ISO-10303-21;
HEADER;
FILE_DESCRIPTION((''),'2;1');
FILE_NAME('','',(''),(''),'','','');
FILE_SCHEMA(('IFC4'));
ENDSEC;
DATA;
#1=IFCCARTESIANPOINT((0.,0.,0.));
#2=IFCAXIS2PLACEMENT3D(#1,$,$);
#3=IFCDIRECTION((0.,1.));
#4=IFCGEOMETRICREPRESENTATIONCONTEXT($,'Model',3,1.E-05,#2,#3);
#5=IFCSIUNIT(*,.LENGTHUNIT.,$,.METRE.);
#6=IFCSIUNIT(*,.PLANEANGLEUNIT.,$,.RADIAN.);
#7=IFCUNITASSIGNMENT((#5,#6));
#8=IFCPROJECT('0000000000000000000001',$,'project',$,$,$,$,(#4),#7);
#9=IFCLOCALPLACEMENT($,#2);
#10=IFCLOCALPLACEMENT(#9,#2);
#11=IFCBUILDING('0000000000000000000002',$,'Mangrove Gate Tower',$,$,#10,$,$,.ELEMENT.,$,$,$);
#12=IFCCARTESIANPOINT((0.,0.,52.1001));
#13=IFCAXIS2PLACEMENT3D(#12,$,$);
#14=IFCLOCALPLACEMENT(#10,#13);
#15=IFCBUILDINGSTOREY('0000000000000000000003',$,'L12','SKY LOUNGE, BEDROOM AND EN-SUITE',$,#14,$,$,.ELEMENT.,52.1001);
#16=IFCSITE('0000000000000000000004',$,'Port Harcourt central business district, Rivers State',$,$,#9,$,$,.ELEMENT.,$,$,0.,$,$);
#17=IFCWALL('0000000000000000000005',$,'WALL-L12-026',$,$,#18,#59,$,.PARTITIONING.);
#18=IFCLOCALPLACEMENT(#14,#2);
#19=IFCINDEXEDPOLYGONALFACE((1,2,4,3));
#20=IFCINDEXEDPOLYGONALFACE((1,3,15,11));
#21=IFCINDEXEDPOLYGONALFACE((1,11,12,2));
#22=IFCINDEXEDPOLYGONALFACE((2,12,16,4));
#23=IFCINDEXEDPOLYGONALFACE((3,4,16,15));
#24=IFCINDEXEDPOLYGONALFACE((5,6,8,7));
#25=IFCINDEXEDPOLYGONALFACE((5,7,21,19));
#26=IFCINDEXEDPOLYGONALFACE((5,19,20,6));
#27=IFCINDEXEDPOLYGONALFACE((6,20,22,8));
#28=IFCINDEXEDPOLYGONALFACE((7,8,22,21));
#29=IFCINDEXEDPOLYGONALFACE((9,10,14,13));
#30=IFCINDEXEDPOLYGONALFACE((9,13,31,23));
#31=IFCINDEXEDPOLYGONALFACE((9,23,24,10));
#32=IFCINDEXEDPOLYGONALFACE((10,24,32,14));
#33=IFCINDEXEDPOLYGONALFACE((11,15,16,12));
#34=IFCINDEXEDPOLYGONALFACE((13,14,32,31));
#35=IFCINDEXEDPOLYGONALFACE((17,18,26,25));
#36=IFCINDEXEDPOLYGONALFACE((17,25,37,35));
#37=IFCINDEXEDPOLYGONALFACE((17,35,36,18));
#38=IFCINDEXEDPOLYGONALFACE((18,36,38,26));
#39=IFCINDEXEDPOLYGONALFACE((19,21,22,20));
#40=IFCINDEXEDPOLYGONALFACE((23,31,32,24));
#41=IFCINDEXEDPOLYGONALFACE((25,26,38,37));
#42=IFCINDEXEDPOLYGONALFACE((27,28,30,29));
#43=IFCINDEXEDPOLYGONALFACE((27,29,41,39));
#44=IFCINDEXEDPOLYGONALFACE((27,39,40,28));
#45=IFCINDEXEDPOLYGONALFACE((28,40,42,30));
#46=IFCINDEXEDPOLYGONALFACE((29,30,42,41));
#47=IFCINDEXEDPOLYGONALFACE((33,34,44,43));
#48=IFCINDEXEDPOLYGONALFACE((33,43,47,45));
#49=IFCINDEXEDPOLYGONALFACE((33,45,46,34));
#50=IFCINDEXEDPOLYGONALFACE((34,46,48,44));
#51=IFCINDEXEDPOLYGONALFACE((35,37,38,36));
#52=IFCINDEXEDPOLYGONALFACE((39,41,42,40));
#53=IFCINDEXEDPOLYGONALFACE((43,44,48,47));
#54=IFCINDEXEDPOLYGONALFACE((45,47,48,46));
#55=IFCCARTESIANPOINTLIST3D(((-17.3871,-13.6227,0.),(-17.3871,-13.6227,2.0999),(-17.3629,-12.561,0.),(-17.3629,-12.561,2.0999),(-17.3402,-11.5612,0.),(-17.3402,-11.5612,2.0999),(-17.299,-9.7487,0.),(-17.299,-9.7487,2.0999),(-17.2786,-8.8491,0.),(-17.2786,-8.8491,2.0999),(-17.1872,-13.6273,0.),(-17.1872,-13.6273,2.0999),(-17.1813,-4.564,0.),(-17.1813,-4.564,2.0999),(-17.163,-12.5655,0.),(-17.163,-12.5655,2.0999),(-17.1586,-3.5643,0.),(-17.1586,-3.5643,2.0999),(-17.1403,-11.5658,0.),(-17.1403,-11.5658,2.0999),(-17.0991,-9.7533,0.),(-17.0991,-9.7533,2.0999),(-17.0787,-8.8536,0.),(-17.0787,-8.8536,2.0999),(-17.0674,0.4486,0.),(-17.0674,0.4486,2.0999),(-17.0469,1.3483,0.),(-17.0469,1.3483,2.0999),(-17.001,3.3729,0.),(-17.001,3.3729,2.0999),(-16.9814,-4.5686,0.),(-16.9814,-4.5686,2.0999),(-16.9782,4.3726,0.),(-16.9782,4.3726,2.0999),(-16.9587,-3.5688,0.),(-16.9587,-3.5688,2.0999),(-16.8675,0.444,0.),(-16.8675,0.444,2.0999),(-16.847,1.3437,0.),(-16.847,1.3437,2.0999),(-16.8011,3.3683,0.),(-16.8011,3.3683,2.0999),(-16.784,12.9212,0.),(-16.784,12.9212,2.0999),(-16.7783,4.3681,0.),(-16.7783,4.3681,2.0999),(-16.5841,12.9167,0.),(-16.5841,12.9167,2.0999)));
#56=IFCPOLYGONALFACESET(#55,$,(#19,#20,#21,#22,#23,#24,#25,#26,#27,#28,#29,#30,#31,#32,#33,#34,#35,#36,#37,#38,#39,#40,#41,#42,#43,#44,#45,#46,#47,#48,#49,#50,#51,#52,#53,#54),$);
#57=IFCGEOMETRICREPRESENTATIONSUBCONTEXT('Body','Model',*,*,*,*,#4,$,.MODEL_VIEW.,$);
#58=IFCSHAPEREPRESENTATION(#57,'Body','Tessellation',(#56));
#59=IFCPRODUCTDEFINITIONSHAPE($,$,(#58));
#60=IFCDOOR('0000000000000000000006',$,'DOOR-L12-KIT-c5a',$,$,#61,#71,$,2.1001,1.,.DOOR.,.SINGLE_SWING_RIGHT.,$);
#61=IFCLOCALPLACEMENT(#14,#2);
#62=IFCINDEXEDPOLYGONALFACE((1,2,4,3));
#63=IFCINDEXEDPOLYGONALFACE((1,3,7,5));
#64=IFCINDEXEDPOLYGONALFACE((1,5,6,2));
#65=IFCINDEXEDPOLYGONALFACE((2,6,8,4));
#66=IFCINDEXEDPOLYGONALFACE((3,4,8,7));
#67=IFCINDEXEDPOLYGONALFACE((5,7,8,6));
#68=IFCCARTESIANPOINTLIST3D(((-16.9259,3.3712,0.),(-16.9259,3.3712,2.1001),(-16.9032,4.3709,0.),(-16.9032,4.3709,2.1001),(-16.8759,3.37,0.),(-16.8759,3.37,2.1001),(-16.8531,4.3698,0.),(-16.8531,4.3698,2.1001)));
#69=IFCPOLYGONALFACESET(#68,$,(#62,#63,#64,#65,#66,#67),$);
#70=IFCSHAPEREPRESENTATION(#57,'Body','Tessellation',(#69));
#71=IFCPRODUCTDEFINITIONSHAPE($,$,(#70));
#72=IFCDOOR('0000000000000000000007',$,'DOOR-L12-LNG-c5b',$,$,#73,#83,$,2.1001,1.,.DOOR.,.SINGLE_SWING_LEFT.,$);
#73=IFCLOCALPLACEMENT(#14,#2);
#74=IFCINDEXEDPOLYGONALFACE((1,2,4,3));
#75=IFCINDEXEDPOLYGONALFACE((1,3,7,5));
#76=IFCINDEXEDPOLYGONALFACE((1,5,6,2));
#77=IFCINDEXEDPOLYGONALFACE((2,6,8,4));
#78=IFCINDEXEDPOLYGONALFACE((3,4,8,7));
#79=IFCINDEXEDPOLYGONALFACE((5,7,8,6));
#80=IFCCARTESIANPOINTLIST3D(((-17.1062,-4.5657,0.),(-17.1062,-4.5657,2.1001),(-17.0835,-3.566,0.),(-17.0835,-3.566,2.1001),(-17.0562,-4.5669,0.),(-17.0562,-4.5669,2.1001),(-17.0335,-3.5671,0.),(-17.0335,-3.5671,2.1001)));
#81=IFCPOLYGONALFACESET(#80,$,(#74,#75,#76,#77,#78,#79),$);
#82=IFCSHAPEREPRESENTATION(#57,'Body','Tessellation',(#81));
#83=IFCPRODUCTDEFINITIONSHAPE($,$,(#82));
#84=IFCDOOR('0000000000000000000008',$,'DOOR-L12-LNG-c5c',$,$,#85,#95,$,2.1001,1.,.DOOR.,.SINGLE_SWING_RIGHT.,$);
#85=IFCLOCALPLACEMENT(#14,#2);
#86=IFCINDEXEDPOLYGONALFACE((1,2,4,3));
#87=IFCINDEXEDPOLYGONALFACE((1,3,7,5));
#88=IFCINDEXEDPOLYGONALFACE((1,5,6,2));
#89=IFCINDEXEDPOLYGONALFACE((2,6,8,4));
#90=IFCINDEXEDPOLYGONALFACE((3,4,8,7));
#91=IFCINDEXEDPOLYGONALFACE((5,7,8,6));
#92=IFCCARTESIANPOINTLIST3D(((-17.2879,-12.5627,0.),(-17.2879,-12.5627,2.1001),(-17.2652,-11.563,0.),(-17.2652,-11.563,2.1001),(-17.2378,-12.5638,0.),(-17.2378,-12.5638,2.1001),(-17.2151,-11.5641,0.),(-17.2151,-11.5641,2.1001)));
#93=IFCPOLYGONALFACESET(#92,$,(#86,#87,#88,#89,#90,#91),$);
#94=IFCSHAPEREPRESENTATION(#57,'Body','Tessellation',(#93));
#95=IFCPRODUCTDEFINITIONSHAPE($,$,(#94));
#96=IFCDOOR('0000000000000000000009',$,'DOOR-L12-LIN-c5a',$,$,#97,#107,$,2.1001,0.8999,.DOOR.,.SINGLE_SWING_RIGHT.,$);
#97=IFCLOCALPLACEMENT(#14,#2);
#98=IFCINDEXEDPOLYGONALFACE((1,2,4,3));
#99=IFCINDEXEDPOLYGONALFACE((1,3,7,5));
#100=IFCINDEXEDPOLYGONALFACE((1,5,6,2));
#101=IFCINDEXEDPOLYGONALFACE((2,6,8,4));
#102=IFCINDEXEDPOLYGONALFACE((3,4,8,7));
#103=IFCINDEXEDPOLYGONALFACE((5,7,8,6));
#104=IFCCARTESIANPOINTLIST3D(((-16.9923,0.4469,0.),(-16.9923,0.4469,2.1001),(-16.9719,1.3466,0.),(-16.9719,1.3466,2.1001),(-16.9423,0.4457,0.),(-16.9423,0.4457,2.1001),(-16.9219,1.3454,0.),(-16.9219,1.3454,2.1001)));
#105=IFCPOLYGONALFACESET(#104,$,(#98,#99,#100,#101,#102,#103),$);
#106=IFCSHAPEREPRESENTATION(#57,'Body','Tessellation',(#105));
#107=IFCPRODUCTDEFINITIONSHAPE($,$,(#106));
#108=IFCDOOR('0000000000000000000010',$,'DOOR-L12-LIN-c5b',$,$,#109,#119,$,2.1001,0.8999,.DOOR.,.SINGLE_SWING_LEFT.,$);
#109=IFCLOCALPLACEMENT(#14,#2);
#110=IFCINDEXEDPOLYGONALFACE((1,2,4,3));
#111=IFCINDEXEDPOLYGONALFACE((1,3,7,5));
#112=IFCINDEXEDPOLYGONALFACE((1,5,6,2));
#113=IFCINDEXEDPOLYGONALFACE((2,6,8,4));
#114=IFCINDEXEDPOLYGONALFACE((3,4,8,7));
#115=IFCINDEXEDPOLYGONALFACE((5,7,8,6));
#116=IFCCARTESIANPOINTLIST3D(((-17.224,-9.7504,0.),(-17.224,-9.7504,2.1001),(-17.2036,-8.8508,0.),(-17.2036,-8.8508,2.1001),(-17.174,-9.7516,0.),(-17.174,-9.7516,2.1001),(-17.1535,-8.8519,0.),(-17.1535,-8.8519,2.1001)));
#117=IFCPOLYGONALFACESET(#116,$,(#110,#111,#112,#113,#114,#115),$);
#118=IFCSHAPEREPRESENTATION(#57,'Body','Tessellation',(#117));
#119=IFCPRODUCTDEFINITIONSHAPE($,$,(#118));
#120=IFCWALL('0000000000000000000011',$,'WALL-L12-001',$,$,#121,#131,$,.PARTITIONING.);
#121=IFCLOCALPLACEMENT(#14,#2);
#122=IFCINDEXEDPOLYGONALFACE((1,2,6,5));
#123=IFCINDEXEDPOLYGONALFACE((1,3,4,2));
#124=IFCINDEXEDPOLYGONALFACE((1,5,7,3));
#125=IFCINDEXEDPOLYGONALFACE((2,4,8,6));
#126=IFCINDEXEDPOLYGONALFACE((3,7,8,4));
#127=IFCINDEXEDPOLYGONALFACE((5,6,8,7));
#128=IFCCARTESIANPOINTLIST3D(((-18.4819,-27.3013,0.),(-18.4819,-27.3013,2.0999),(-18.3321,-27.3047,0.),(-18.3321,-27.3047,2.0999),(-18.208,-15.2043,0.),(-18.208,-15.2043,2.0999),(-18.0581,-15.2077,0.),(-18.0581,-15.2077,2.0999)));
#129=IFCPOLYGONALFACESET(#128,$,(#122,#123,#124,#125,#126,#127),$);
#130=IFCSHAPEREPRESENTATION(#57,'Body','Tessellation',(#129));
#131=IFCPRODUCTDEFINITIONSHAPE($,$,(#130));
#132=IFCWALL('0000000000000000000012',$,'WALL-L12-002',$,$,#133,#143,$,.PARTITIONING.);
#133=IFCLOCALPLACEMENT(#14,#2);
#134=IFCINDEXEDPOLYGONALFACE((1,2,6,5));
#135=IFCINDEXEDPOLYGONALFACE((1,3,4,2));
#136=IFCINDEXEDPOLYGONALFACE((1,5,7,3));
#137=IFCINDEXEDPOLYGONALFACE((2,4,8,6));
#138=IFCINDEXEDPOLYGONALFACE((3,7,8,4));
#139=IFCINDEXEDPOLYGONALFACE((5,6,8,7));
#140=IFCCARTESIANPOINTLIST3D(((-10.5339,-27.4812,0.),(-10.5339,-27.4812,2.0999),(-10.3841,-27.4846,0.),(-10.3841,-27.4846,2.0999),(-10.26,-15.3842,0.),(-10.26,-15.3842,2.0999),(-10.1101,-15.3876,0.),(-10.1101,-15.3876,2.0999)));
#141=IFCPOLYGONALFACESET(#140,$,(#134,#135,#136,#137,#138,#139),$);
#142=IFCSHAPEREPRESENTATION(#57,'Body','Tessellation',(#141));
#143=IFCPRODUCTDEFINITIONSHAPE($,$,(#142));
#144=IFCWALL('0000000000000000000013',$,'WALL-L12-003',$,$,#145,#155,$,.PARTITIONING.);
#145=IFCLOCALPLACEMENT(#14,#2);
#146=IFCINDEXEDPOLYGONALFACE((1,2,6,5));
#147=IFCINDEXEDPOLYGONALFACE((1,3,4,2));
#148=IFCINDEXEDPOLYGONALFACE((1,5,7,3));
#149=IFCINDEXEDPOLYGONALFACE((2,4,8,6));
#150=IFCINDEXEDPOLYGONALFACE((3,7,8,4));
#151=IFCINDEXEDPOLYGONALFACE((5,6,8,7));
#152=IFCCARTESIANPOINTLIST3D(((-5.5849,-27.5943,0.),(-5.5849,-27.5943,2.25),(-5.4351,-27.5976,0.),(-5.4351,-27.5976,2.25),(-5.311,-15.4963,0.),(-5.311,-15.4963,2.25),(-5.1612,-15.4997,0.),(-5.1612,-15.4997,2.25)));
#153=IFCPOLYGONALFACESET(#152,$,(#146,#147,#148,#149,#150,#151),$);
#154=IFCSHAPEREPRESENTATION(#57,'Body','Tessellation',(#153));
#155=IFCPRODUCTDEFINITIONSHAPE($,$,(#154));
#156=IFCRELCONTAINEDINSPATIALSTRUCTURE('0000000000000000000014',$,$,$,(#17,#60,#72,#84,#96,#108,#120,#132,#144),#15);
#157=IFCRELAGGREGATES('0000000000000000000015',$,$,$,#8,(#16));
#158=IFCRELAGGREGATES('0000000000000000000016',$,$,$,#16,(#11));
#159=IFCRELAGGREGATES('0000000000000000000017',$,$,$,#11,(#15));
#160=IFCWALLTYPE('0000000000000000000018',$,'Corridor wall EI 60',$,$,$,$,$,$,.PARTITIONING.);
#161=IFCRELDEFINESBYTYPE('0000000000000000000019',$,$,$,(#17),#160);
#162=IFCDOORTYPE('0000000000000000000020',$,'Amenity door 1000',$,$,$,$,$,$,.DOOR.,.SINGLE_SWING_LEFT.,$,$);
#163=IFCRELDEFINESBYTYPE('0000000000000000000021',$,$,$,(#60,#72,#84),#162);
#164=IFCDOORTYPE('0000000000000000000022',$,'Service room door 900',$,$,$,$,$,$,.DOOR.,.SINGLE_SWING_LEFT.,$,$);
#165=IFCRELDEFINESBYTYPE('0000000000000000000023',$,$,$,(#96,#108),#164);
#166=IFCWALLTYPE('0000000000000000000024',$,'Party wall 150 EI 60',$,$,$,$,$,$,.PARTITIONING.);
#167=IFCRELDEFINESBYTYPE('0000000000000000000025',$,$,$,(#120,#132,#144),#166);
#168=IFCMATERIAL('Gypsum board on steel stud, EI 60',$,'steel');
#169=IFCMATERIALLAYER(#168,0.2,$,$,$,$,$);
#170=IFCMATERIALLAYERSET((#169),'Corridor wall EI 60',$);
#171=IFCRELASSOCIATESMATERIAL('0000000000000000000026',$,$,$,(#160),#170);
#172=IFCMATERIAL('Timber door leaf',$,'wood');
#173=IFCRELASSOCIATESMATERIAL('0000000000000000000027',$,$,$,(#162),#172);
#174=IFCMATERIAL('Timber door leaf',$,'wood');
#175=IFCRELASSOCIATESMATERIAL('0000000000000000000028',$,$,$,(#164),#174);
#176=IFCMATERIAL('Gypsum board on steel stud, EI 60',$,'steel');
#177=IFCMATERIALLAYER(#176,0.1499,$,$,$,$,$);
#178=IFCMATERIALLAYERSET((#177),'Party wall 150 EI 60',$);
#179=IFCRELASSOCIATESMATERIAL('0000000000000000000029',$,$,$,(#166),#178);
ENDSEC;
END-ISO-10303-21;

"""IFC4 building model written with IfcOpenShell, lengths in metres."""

from ifc_helpers import new_model, si_unit, direction, frame, frame_2d, origin, place, context, subcontext, project, spatial, rectangle, extrude, material, layer, layer_set, type_object, element, fill, save


model = new_model("IFC4")

# Units and contexts
model_context = context("Model", 3, precision=1e-05, world=origin(), true_north=direction((0.0, 1.0)))
body_context = subcontext(model_context, "Body", "Model", "MODEL_VIEW")
ifc_project = project(units=[si_unit("LENGTHUNIT", "METRE"), si_unit("PLANEANGLEUNIT", "RADIAN")], contexts=[model_context])

# Site, building, storey
site_placement = place(None, origin())
site = spatial("IfcSite", under=ifc_project, at=site_placement, Name="Port Harcourt central business district, Rivers State", CompositionType="ELEMENT", RefElevation=0.0)
building_placement = place(site_placement, origin())
building = spatial("IfcBuilding", under=site, at=building_placement, Name="Mangrove Gate Tower", CompositionType="ELEMENT")
storey_placement = place(building_placement, frame((0.0, 0.0, 52.1001)))
storey = spatial("IfcBuildingStorey", under=building, at=storey_placement, Name="L12", Description="SKY LOUNGE, BEDROOM AND EN-SUITE", CompositionType="ELEMENT", Elevation=52.1001)

# Wall, openings, doors
ifc_material_1 = material(Name="Gypsum board on steel stud, EI 60", Category="steel")
ifc_layer_1 = layer(ifc_material_1, 0.2)
ifc_layer_set_1 = layer_set([ifc_layer_1], Name="Corridor wall EI 60")
wall_type_1 = type_object("IfcWallType", Name="Corridor wall EI 60", PredefinedType="PARTITIONING", material=ifc_layer_set_1)
wall_1_placement = place(storey_placement, frame((-17.2871, -13.625, 0.0), z_axis=(0.0, 0.0, 1.0), x_axis=(0.022712, 0.999742, 0.0)))
wall_1 = element("IfcWall", 1, at=wall_1_placement, inside=storey, type_object=wall_type_1, Name="WALL-L12-026", PredefinedType="PARTITIONING", context=body_context, shape_type="SweptSolid", body=[
    extrude(rectangle(XDim=26.5508, YDim=0.2, at=frame_2d((13.2754, 0.0))), origin(), (0.0, 0.0, 1.0), 2.0999),
])
opening_1_placement = place(wall_1_placement, frame((17.0, 0.0, 0.0)))
opening_1 = element("IfcOpeningElement", 2, at=opening_1_placement, cuts=wall_1, PredefinedType="OPENING", context=body_context, shape_type="SweptSolid", body=[
    extrude(rectangle(XDim=1.0, YDim=2.1001, at=frame_2d((0.5, 1.05))), frame((0.0, 0.1099, 0.0), z_axis=(0.0, -1.0, 0.0), x_axis=(1.0, 0.0, 0.0)), (0.0, 0.0, 1.0), 0.22),
])
opening_2_placement = place(wall_1_placement, frame((14.075, 0.0, 0.0)))
opening_2 = element("IfcOpeningElement", 3, at=opening_2_placement, cuts=wall_1, PredefinedType="OPENING", context=body_context, shape_type="SweptSolid", body=[
    extrude(rectangle(XDim=0.8999, YDim=2.1001, at=frame_2d((0.45, 1.05))), frame((0.0, 0.1099, 0.0), z_axis=(0.0, -1.0, 0.0), x_axis=(1.0, 0.0, 0.0)), (0.0, 0.0, 1.0), 0.22),
])
opening_3_placement = place(wall_1_placement, frame((9.061, 0.0, 0.0)))
opening_3 = element("IfcOpeningElement", 4, at=opening_3_placement, cuts=wall_1, PredefinedType="OPENING", context=body_context, shape_type="SweptSolid", body=[
    extrude(rectangle(XDim=1.0, YDim=2.1001, at=frame_2d((0.5, 1.05))), frame((0.0, 0.1099, 0.0), z_axis=(0.0, -1.0, 0.0), x_axis=(1.0, 0.0, 0.0)), (0.0, 0.0, 1.0), 0.22),
])
opening_4_placement = place(wall_1_placement, frame((1.062, 0.0, 0.0)))
opening_4 = element("IfcOpeningElement", 5, at=opening_4_placement, cuts=wall_1, PredefinedType="OPENING", context=body_context, shape_type="SweptSolid", body=[
    extrude(rectangle(XDim=1.0, YDim=2.1001, at=frame_2d((0.5, 1.05))), frame((0.0, 0.1099, 0.0), z_axis=(0.0, -1.0, 0.0), x_axis=(1.0, 0.0, 0.0)), (0.0, 0.0, 1.0), 0.22),
])
opening_5_placement = place(wall_1_placement, frame((3.875, 0.0, 0.0)))
opening_5 = element("IfcOpeningElement", 6, at=opening_5_placement, cuts=wall_1, PredefinedType="OPENING", context=body_context, shape_type="SweptSolid", body=[
    extrude(rectangle(XDim=0.8999, YDim=2.1001, at=frame_2d((0.45, 1.05))), frame((0.0, 0.1099, 0.0), z_axis=(0.0, -1.0, 0.0), x_axis=(1.0, 0.0, 0.0)), (0.0, 0.0, 1.0), 0.22),
])
ifc_material_2 = material(Name="Timber door leaf", Category="wood")
door_type_1 = type_object("IfcDoorType", Name="Amenity door 1000", OperationType="SINGLE_SWING_LEFT", PredefinedType="DOOR", material=ifc_material_2)
door_1_placement = place(opening_1_placement, origin())
door_1 = element("IfcDoor", 7, at=door_1_placement, inside=storey, type_object=door_type_1, Name="DOOR-L12-KIT-c5a", OperationType="SINGLE_SWING_RIGHT", OverallHeight=2.1001, OverallWidth=1.0, PredefinedType="DOOR", context=body_context, shape_type="SweptSolid", body=[
    extrude(rectangle(XDim=1.0, YDim=2.1001, at=frame_2d((0.5, 1.05))), frame((0.0, 0.0249, 0.0), z_axis=(0.0, -1.0, 0.0), x_axis=(1.0, 0.0, 0.0)), (0.0, 0.0, 1.0), 0.05),
])
fill(opening_1, door_1)
door_2_placement = place(opening_3_placement, origin())
door_2 = element("IfcDoor", 8, at=door_2_placement, inside=storey, type_object=door_type_1, Name="DOOR-L12-LNG-c5b", OperationType="SINGLE_SWING_LEFT", OverallHeight=2.1001, OverallWidth=1.0, PredefinedType="DOOR", context=body_context, shape_type="SweptSolid", body=[
    extrude(rectangle(XDim=1.0, YDim=2.1001, at=frame_2d((0.5, 1.05))), frame((0.0, 0.0249, 0.0), z_axis=(0.0, -1.0, 0.0), x_axis=(1.0, 0.0, 0.0)), (0.0, 0.0, 1.0), 0.05),
])
fill(opening_3, door_2)
door_3_placement = place(opening_4_placement, origin())
door_3 = element("IfcDoor", 9, at=door_3_placement, inside=storey, type_object=door_type_1, Name="DOOR-L12-LNG-c5c", OperationType="SINGLE_SWING_RIGHT", OverallHeight=2.1001, OverallWidth=1.0, PredefinedType="DOOR", context=body_context, shape_type="SweptSolid", body=[
    extrude(rectangle(XDim=1.0, YDim=2.1001, at=frame_2d((0.5, 1.05))), frame((0.0, 0.0249, 0.0), z_axis=(0.0, -1.0, 0.0), x_axis=(1.0, 0.0, 0.0)), (0.0, 0.0, 1.0), 0.05),
])
fill(opening_4, door_3)
ifc_material_3 = material(Name="Timber door leaf", Category="wood")
door_type_2 = type_object("IfcDoorType", Name="Service room door 900", OperationType="SINGLE_SWING_LEFT", PredefinedType="DOOR", material=ifc_material_3)
door_4_placement = place(opening_2_placement, origin())
door_4 = element("IfcDoor", 10, at=door_4_placement, inside=storey, type_object=door_type_2, Name="DOOR-L12-LIN-c5a", OperationType="SINGLE_SWING_RIGHT", OverallHeight=2.1001, OverallWidth=0.8999, PredefinedType="DOOR", context=body_context, shape_type="SweptSolid", body=[
    extrude(rectangle(XDim=0.8999, YDim=2.1001, at=frame_2d((0.45, 1.05))), frame((0.0, 0.0249, 0.0), z_axis=(0.0, -1.0, 0.0), x_axis=(1.0, 0.0, 0.0)), (0.0, 0.0, 1.0), 0.05),
])
fill(opening_2, door_4)
door_5_placement = place(opening_5_placement, origin())
door_5 = element("IfcDoor", 11, at=door_5_placement, inside=storey, type_object=door_type_2, Name="DOOR-L12-LIN-c5b", OperationType="SINGLE_SWING_LEFT", OverallHeight=2.1001, OverallWidth=0.8999, PredefinedType="DOOR", context=body_context, shape_type="SweptSolid", body=[
    extrude(rectangle(XDim=0.8999, YDim=2.1001, at=frame_2d((0.45, 1.05))), frame((0.0, 0.0249, 0.0), z_axis=(0.0, -1.0, 0.0), x_axis=(1.0, 0.0, 0.0)), (0.0, 0.0, 1.0), 0.05),
])
fill(opening_5, door_5)

# Walls
ifc_material_4 = material(Name="Gypsum board on steel stud, EI 60", Category="steel")
ifc_layer_2 = layer(ifc_material_4, 0.1499)
ifc_layer_set_2 = layer_set([ifc_layer_2], Name="Party wall 150 EI 60")
wall_type_2 = type_object("IfcWallType", Name="Party wall 150 EI 60", PredefinedType="PARTITIONING", material=ifc_layer_set_2)
for number, where, z_axis, x_axis, name in (
    (12, (-18.407, -27.303, 0.0), (0.0, 0.0, 1.0), (0.022638, 0.999744, 0.0), "WALL-L12-001"),
    (13, (-10.459, -27.4829, 0.0), (0.0, 0.0, 1.0), (0.022638, 0.999744, 0.0), "WALL-L12-002"),
):
    element("IfcWall", number, at=place(storey_placement, frame(where, z_axis=z_axis, x_axis=x_axis)), inside=storey, type_object=wall_type_2, Name=name, PredefinedType="PARTITIONING", context=body_context, shape_type="SweptSolid", body=[
        extrude(rectangle(XDim=12.1001, YDim=0.1499, at=frame_2d((6.05, 0.0))), origin(), (0.0, 0.0, 1.0), 2.0999),
    ])
wall_2_placement = place(storey_placement, frame((-5.51, -27.5959, 0.0), z_axis=(0.0, 0.0, 1.0), x_axis=(0.022637, 0.999744, 0.0)))
element("IfcWall", 14, at=wall_2_placement, inside=storey, type_object=wall_type_2, Name="WALL-L12-003", PredefinedType="PARTITIONING", context=body_context, shape_type="SweptSolid", body=[
    extrude(rectangle(XDim=12.1011, YDim=0.1499, at=frame_2d((6.0505, 0.0))), origin(), (0.0, 0.0, 1.0), 2.25),
])

save(model, "model.ifc")
